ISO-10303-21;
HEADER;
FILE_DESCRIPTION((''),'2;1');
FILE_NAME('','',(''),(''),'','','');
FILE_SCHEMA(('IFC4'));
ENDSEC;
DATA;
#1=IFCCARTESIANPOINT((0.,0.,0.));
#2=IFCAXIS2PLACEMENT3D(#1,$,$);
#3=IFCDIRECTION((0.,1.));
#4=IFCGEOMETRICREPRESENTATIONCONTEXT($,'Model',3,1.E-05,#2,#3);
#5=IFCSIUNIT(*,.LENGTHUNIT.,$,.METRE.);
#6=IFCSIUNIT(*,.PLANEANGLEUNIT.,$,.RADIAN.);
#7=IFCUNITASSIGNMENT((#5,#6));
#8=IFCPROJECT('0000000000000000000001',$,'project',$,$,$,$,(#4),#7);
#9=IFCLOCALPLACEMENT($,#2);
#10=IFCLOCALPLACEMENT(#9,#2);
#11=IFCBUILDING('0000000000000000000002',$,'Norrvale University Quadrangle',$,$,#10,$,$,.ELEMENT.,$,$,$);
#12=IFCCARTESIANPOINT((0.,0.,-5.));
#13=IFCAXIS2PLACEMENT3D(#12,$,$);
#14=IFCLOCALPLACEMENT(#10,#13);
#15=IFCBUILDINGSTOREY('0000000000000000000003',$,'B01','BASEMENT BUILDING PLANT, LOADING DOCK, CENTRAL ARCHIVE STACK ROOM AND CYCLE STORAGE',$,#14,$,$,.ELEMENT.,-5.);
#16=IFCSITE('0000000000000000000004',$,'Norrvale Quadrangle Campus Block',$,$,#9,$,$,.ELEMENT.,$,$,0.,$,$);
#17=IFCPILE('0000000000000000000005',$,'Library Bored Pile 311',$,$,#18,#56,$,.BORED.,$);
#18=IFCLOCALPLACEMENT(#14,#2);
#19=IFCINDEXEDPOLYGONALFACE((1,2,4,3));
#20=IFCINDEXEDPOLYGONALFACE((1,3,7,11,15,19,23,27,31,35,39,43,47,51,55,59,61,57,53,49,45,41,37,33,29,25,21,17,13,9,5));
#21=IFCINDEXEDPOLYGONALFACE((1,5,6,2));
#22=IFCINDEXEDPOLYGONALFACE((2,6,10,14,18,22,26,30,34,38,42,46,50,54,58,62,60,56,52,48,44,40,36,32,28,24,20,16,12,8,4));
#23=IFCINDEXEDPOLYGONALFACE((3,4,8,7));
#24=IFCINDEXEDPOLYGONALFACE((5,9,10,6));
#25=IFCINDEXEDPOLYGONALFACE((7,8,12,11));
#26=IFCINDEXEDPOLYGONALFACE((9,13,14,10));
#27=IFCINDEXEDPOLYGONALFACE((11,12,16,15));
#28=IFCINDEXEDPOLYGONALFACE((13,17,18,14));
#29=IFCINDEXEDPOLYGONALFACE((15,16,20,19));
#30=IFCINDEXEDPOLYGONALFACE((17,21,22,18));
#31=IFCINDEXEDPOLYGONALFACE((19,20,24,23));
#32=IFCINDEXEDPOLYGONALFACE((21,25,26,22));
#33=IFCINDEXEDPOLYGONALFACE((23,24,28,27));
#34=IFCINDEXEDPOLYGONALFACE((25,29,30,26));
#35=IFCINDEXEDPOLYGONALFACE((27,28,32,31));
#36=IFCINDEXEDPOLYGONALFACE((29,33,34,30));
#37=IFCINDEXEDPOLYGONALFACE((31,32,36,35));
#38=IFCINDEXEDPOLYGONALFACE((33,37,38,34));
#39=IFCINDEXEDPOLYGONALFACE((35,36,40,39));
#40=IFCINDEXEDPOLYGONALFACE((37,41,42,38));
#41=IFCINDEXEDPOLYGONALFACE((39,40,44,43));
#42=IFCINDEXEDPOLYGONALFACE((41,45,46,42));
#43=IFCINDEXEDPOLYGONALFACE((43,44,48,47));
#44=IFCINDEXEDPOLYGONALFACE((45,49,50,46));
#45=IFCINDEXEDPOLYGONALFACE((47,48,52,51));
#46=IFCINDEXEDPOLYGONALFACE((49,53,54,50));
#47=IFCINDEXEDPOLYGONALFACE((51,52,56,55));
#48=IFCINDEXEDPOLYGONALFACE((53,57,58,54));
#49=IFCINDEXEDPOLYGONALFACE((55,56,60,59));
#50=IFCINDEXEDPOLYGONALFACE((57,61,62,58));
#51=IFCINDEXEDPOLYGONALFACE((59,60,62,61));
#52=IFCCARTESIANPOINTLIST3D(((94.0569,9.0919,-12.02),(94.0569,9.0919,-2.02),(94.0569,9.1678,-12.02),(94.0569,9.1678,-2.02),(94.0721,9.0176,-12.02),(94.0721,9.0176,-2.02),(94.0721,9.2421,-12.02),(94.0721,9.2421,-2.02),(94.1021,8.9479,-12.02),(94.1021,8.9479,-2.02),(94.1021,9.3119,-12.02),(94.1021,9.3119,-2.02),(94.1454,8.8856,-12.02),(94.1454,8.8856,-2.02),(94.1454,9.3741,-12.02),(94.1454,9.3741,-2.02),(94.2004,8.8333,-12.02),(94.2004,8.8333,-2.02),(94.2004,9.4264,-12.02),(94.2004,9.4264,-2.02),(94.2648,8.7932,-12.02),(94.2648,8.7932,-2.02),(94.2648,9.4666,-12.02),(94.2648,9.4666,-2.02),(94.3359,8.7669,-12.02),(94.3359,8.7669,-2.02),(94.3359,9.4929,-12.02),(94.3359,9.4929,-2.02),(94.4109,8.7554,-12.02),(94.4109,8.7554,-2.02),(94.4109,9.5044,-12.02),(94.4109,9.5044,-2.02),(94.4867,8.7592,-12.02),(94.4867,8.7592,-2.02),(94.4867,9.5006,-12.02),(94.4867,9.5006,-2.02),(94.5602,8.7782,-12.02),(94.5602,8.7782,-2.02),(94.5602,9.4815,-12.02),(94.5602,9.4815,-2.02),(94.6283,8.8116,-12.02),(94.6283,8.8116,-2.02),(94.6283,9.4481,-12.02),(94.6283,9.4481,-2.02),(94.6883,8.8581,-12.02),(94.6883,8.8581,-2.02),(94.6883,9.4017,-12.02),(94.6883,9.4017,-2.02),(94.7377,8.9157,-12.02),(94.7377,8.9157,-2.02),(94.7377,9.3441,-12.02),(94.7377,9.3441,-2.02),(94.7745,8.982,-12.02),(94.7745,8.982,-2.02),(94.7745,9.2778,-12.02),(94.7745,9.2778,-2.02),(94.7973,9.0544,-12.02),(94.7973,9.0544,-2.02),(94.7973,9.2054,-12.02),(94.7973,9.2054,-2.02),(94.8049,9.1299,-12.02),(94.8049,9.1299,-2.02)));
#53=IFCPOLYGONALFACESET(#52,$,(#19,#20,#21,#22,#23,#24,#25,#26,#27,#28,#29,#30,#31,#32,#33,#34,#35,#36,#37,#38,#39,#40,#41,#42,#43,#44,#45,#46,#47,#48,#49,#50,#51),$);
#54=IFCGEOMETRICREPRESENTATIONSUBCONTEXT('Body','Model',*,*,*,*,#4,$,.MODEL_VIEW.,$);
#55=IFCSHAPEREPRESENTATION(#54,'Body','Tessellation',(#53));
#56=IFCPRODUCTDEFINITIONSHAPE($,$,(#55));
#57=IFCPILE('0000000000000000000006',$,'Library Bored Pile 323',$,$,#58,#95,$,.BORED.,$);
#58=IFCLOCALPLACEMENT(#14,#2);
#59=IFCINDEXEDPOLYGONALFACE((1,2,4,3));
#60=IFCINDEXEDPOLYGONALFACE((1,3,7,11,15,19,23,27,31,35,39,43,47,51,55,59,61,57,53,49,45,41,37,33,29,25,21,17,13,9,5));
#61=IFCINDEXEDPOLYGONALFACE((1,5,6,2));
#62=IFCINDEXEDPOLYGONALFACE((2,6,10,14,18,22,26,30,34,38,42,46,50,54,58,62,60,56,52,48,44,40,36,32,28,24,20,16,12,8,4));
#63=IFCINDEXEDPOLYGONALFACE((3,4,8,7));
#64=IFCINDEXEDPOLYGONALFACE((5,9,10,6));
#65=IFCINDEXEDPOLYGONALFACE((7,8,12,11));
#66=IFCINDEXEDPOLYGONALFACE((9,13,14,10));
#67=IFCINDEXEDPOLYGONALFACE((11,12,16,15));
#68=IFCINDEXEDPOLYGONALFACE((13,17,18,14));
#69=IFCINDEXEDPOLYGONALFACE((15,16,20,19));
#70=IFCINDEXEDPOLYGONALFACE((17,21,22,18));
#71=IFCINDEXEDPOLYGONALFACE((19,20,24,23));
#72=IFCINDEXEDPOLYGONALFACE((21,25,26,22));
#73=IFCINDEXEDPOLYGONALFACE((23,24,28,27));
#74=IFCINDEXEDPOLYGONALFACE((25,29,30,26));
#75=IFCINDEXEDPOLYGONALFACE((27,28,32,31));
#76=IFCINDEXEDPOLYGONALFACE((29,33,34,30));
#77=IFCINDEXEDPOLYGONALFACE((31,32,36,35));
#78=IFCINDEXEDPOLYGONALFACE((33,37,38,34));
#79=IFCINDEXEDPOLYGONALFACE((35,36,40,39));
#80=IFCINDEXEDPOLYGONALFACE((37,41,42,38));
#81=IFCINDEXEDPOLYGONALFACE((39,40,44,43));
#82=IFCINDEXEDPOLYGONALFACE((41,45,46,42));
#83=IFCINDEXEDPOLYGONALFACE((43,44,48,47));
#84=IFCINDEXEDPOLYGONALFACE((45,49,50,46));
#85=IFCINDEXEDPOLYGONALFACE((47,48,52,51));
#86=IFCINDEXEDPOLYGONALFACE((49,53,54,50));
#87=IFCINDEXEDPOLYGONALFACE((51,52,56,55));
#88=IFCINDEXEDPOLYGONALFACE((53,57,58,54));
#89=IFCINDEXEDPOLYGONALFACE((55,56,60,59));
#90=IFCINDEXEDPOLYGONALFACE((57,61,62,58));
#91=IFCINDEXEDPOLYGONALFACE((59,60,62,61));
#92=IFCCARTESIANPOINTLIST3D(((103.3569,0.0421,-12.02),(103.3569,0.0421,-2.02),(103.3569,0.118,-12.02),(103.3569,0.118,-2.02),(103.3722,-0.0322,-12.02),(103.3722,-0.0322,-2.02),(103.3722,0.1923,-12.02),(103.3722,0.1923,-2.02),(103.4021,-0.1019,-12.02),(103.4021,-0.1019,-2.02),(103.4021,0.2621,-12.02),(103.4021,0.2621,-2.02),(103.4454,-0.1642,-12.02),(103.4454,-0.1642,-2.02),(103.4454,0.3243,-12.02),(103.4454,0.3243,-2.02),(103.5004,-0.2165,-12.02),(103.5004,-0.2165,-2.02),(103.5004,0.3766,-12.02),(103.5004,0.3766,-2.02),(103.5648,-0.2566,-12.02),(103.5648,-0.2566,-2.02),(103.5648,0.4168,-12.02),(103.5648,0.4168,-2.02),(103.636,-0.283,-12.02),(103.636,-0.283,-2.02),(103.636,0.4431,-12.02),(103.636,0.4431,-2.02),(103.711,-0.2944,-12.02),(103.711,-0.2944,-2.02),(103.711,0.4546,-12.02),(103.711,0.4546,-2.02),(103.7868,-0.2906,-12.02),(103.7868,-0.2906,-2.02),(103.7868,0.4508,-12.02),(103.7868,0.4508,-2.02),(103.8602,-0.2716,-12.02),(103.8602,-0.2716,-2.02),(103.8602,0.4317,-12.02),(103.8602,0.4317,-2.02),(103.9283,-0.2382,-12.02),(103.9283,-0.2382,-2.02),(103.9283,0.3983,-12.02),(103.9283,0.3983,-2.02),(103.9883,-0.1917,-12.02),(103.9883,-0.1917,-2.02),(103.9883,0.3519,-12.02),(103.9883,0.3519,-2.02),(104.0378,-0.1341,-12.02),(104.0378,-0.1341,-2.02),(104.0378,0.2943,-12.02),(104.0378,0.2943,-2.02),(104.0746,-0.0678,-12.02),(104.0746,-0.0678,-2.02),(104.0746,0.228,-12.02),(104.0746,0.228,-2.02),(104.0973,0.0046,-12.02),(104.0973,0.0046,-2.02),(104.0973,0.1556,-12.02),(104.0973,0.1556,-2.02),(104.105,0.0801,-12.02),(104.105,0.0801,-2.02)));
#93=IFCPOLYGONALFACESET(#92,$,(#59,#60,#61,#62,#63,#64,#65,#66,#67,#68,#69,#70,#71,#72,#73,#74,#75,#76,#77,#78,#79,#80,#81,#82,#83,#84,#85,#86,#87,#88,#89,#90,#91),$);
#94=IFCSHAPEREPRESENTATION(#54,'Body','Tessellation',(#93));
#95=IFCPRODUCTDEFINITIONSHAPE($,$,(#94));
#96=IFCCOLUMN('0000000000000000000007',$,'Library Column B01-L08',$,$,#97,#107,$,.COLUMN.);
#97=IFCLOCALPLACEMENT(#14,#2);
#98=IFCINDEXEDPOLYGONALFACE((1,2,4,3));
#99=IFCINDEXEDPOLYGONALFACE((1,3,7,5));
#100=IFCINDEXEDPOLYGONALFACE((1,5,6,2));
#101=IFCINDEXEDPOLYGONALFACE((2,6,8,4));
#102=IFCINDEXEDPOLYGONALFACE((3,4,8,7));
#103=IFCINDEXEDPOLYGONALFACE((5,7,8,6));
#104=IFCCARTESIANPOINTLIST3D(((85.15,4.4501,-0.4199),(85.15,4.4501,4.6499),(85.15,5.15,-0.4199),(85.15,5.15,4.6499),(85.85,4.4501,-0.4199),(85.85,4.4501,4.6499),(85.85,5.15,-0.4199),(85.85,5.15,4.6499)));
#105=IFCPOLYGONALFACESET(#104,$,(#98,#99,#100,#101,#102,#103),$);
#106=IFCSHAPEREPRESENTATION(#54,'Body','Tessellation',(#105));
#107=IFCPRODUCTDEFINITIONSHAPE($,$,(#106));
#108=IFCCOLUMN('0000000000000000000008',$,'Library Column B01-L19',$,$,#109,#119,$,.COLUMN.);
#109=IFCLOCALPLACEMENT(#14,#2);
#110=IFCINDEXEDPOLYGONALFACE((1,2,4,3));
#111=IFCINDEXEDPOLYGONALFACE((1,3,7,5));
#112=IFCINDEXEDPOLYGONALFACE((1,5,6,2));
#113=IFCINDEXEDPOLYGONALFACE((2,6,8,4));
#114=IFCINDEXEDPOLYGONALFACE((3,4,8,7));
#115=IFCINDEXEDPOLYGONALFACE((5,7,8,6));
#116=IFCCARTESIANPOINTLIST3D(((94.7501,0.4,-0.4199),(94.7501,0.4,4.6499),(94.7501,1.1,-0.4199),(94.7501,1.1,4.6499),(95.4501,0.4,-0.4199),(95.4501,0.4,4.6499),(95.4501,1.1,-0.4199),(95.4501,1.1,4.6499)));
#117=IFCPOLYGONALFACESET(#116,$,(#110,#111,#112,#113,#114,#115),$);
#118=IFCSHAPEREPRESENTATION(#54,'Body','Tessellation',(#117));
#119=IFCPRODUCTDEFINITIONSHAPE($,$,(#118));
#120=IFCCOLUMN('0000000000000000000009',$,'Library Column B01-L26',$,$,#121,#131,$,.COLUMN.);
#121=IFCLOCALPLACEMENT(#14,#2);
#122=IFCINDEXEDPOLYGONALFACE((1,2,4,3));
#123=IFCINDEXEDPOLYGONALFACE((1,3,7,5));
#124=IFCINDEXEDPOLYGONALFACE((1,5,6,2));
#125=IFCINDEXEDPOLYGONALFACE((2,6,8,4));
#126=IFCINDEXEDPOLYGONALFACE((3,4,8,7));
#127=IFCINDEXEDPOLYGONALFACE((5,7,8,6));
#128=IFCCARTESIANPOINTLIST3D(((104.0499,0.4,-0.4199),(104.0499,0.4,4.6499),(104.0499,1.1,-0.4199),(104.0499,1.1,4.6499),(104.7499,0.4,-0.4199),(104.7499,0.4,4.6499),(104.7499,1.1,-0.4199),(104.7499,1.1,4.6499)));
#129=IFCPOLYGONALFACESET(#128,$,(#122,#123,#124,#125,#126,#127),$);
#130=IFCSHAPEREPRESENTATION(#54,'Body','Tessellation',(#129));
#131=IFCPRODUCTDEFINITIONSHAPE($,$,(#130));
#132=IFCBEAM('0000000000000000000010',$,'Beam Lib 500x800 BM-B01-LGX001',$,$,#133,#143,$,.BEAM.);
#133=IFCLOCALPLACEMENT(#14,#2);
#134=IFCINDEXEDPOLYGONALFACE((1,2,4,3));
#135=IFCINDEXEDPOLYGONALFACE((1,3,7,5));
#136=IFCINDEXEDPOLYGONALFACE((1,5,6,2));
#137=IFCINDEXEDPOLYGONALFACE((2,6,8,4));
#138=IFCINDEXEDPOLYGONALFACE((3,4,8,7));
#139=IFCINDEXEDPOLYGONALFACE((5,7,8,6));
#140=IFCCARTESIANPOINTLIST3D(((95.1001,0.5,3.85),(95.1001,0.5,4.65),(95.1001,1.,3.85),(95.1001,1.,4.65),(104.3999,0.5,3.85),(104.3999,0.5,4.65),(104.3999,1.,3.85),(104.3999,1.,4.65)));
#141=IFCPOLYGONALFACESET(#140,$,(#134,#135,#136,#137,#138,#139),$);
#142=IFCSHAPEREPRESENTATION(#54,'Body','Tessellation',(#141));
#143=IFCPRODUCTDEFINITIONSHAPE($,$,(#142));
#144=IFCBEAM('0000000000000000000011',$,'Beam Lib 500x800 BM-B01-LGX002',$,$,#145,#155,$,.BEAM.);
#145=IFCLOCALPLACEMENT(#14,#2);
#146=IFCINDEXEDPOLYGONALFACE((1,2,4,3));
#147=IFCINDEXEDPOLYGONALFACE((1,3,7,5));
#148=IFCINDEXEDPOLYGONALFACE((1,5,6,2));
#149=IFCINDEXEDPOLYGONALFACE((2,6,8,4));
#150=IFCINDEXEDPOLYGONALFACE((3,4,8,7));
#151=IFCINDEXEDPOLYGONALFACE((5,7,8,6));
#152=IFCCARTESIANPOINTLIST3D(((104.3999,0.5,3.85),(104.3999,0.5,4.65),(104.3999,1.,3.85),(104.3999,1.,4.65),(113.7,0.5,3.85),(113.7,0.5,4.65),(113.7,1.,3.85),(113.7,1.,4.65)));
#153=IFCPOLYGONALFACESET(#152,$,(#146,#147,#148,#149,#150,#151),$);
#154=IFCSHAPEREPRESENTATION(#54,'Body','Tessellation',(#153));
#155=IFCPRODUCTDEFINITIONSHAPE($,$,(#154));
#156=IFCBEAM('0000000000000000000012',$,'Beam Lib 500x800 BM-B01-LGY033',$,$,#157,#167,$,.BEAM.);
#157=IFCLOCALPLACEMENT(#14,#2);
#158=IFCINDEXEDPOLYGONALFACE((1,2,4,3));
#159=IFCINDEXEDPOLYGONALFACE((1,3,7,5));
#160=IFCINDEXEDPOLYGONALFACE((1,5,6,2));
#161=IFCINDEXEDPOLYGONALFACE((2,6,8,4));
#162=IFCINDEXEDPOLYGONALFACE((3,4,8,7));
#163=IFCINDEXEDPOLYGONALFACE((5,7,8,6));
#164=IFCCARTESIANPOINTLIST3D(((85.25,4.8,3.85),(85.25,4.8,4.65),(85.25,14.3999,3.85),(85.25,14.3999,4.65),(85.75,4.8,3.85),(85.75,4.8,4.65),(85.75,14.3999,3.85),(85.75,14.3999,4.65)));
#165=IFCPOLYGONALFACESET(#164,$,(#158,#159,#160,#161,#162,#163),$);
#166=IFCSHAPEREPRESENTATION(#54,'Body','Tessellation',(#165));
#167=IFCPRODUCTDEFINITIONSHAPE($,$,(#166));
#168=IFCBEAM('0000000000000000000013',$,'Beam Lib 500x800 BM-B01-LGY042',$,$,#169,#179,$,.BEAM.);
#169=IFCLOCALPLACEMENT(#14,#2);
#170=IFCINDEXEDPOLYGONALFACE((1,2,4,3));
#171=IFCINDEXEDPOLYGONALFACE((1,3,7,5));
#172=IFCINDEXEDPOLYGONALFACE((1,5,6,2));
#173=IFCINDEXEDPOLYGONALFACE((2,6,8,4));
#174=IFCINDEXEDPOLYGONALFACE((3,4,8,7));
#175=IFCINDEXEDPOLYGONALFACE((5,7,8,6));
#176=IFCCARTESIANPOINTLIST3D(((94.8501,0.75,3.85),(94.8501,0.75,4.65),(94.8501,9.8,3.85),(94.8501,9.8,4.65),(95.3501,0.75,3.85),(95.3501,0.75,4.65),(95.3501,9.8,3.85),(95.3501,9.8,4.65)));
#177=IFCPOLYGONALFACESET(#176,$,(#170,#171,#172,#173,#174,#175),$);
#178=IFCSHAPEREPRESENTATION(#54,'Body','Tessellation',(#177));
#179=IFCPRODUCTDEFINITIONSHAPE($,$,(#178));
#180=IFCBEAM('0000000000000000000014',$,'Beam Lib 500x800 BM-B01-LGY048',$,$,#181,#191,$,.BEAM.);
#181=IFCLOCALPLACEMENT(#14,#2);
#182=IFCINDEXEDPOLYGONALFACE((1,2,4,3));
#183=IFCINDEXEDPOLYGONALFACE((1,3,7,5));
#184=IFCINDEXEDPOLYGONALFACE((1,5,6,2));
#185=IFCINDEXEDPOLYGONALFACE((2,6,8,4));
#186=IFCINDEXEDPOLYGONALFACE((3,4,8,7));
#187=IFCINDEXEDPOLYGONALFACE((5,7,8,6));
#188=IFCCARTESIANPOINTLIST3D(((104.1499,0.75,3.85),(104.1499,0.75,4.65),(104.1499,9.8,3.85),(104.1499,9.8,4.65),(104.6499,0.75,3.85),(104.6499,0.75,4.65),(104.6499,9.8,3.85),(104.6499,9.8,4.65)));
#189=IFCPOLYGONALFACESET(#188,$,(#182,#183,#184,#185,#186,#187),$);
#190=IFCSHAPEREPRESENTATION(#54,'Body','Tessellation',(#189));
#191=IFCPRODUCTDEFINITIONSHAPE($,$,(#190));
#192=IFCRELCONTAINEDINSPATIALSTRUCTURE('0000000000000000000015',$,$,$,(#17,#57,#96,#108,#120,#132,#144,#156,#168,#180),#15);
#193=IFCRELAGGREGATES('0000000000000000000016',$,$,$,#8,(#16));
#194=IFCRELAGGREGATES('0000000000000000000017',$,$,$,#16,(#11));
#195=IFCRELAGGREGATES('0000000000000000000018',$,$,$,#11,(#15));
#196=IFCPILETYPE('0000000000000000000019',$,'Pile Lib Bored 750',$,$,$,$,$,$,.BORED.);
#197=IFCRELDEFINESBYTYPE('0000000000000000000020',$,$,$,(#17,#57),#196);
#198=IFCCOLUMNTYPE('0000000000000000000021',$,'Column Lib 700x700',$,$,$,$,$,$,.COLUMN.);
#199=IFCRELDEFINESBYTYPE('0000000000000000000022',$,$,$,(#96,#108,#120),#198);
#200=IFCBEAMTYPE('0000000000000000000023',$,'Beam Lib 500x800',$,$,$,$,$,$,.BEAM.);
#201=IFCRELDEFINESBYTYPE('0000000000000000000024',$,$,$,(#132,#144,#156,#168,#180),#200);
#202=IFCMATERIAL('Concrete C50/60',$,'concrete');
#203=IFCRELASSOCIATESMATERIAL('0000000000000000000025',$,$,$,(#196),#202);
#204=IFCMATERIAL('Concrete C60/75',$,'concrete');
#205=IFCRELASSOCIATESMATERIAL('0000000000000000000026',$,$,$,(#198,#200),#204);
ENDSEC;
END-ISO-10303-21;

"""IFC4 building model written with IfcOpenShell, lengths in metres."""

from ifc_helpers import new_model, si_unit, direction, frame, origin, origin_2d, place, context, subcontext, project, spatial, rectangle, circle, extrude, material, material_profile, profile_set, type_object, element, save


model = new_model("IFC4")

# Units and contexts
model_context = context("Model", 3, precision=1e-05, world=origin(), true_north=direction((0.0, 1.0)))
body_context = subcontext(model_context, "Body", "Model", "MODEL_VIEW")
ifc_project = project(units=[si_unit("LENGTHUNIT", "METRE"), si_unit("PLANEANGLEUNIT", "RADIAN")], contexts=[model_context])

# Site, building, storey
site_placement = place(None, origin())
site = spatial("IfcSite", under=ifc_project, at=site_placement, Name="Norrvale Quadrangle Campus Block", CompositionType="ELEMENT", RefElevation=0.0)
building_placement = place(site_placement, origin())
building = spatial("IfcBuilding", under=site, at=building_placement, Name="Norrvale University Quadrangle", CompositionType="ELEMENT")
storey_placement = place(building_placement, frame((0.0, 0.0, -5.0)))
storey = spatial("IfcBuildingStorey", under=building, at=storey_placement, Name="B01", Description="BASEMENT BUILDING PLANT, LOADING DOCK, CENTRAL ARCHIVE STACK ROOM AND CYCLE STORAGE", CompositionType="ELEMENT", Elevation=-5.0)

# Shared definitions
ifc_material_1 = material(Name="Concrete C50/60", Category="concrete")

# Piles
ifc_material_profile_1 = material_profile(ifc_material_1, circle(Radius=0.375, at=origin_2d()), Name="Concrete C50/60")
ifc_profile_set_1 = profile_set([ifc_material_profile_1], Name="Concrete C50/60")
pile_type = type_object("IfcPileType", Name="Pile Lib Bored 750", PredefinedType="BORED", material=ifc_profile_set_1)
for number, where, z_axis, x_axis, name in (
    (1, (94.4299, 9.1299, -2.02), (0.0, 0.0, -1.0), (1.0, 0.0, 0.0), "Library Bored Pile 311"),
    (2, (103.73, 0.0801, -2.02), (0.0, 0.0, -1.0), (1.0, 0.0, 0.0), "Library Bored Pile 323"),
):
    element("IfcPile", number, at=place(storey_placement, frame(where, z_axis=z_axis, x_axis=x_axis)), inside=storey, type_object=pile_type, Name=name, PredefinedType="BORED", context=body_context, shape_type="SweptSolid", body=[
        extrude(circle(Radius=0.375, at=origin_2d()), origin(), (0.0, 0.0, 1.0), 10.0),
    ])

# Columns
ifc_material_2 = material(Name="Concrete C60/75", Category="concrete")
ifc_material_profile_2 = material_profile(ifc_material_2, rectangle(XDim=0.7, YDim=0.7, at=origin_2d()), Name="Concrete C60/75")
ifc_profile_set_2 = profile_set([ifc_material_profile_2], Name="Concrete C60/75")
column_type = type_object("IfcColumnType", Name="Column Lib 700x700", PredefinedType="COLUMN", material=ifc_profile_set_2)
for number, where, z_axis, x_axis, name in (
    (3, (85.5, 4.8, -0.4199), (0.0, 0.0, 1.0), (1.0, 0.0, 0.0), "Library Column B01-L08"),
    (4, (95.1001, 0.75, -0.4199), (0.0, 0.0, 1.0), (1.0, 0.0, 0.0), "Library Column B01-L19"),
    (5, (104.3999, 0.75, -0.4199), (0.0, 0.0, 1.0), (1.0, 0.0, 0.0), "Library Column B01-L26"),
):
    element("IfcColumn", number, at=place(storey_placement, frame(where, z_axis=z_axis, x_axis=x_axis)), inside=storey, type_object=column_type, Name=name, PredefinedType="COLUMN", context=body_context, shape_type="SweptSolid", body=[
        extrude(rectangle(XDim=0.7, YDim=0.7, at=origin_2d()), origin(), (0.0, 0.0, 1.0), 5.0698),
    ])

# Beams
ifc_material_profile_3 = material_profile(ifc_material_2, rectangle(XDim=0.5, YDim=0.8, at=origin_2d()), Name="Concrete C60/75")
ifc_profile_set_3 = profile_set([ifc_material_profile_3], Name="Concrete C60/75")
beam_type_1 = type_object("IfcBeamType", Name="Beam Lib 500x800", PredefinedType="BEAM", material=ifc_profile_set_3)
beam_1_placement = place(storey_placement, frame((95.1001, 0.75, 4.25), z_axis=(1.0, 0.0, 0.0), x_axis=(0.0, 1.0, 0.0)))
element("IfcBeam", 6, at=beam_1_placement, inside=storey, type_object=beam_type_1, Name="Beam Lib 500x800 BM-B01-LGX001", PredefinedType="BEAM", context=body_context, shape_type="SweptSolid", body=[
    extrude(rectangle(XDim=0.5, YDim=0.8, at=origin_2d()), origin(), (0.0, 0.0, 1.0), 9.2998),
])
beam_2_placement = place(storey_placement, frame((104.3999, 0.75, 4.25), z_axis=(1.0, 0.0, 0.0), x_axis=(0.0, 1.0, 0.0)))
element("IfcBeam", 7, at=beam_2_placement, inside=storey, type_object=beam_type_1, Name="Beam Lib 500x800 BM-B01-LGX002", PredefinedType="BEAM", context=body_context, shape_type="SweptSolid", body=[
    extrude(rectangle(XDim=0.5, YDim=0.8, at=origin_2d()), origin(), (0.0, 0.0, 1.0), 9.3),
])
beam_3_placement = place(storey_placement, frame((85.5, 4.8, 4.25), z_axis=(0.0, 1.0, 0.0), x_axis=(-1.0, 0.0, 0.0)))
element("IfcBeam", 8, at=beam_3_placement, inside=storey, type_object=beam_type_1, Name="Beam Lib 500x800 BM-B01-LGY033", PredefinedType="BEAM", context=body_context, shape_type="SweptSolid", body=[
    extrude(rectangle(XDim=0.5, YDim=0.8, at=origin_2d()), origin(), (0.0, 0.0, 1.0), 9.5999),
])
for number, where, z_axis, x_axis, name in (
    (9, (95.1001, 0.75, 4.25), (0.0, 1.0, 0.0), (-1.0, 0.0, 0.0), "Beam Lib 500x800 BM-B01-LGY042"),
    (10, (104.3999, 0.75, 4.25), (0.0, 1.0, 0.0), (-1.0, 0.0, 0.0), "Beam Lib 500x800 BM-B01-LGY048"),
):
    element("IfcBeam", number, at=place(storey_placement, frame(where, z_axis=z_axis, x_axis=x_axis)), inside=storey, type_object=beam_type_1, Name=name, PredefinedType="BEAM", context=body_context, shape_type="SweptSolid", body=[
        extrude(rectangle(XDim=0.5, YDim=0.8, at=origin_2d()), origin(), (0.0, 0.0, 1.0), 9.05),
    ])

save(model, "model.ifc")
